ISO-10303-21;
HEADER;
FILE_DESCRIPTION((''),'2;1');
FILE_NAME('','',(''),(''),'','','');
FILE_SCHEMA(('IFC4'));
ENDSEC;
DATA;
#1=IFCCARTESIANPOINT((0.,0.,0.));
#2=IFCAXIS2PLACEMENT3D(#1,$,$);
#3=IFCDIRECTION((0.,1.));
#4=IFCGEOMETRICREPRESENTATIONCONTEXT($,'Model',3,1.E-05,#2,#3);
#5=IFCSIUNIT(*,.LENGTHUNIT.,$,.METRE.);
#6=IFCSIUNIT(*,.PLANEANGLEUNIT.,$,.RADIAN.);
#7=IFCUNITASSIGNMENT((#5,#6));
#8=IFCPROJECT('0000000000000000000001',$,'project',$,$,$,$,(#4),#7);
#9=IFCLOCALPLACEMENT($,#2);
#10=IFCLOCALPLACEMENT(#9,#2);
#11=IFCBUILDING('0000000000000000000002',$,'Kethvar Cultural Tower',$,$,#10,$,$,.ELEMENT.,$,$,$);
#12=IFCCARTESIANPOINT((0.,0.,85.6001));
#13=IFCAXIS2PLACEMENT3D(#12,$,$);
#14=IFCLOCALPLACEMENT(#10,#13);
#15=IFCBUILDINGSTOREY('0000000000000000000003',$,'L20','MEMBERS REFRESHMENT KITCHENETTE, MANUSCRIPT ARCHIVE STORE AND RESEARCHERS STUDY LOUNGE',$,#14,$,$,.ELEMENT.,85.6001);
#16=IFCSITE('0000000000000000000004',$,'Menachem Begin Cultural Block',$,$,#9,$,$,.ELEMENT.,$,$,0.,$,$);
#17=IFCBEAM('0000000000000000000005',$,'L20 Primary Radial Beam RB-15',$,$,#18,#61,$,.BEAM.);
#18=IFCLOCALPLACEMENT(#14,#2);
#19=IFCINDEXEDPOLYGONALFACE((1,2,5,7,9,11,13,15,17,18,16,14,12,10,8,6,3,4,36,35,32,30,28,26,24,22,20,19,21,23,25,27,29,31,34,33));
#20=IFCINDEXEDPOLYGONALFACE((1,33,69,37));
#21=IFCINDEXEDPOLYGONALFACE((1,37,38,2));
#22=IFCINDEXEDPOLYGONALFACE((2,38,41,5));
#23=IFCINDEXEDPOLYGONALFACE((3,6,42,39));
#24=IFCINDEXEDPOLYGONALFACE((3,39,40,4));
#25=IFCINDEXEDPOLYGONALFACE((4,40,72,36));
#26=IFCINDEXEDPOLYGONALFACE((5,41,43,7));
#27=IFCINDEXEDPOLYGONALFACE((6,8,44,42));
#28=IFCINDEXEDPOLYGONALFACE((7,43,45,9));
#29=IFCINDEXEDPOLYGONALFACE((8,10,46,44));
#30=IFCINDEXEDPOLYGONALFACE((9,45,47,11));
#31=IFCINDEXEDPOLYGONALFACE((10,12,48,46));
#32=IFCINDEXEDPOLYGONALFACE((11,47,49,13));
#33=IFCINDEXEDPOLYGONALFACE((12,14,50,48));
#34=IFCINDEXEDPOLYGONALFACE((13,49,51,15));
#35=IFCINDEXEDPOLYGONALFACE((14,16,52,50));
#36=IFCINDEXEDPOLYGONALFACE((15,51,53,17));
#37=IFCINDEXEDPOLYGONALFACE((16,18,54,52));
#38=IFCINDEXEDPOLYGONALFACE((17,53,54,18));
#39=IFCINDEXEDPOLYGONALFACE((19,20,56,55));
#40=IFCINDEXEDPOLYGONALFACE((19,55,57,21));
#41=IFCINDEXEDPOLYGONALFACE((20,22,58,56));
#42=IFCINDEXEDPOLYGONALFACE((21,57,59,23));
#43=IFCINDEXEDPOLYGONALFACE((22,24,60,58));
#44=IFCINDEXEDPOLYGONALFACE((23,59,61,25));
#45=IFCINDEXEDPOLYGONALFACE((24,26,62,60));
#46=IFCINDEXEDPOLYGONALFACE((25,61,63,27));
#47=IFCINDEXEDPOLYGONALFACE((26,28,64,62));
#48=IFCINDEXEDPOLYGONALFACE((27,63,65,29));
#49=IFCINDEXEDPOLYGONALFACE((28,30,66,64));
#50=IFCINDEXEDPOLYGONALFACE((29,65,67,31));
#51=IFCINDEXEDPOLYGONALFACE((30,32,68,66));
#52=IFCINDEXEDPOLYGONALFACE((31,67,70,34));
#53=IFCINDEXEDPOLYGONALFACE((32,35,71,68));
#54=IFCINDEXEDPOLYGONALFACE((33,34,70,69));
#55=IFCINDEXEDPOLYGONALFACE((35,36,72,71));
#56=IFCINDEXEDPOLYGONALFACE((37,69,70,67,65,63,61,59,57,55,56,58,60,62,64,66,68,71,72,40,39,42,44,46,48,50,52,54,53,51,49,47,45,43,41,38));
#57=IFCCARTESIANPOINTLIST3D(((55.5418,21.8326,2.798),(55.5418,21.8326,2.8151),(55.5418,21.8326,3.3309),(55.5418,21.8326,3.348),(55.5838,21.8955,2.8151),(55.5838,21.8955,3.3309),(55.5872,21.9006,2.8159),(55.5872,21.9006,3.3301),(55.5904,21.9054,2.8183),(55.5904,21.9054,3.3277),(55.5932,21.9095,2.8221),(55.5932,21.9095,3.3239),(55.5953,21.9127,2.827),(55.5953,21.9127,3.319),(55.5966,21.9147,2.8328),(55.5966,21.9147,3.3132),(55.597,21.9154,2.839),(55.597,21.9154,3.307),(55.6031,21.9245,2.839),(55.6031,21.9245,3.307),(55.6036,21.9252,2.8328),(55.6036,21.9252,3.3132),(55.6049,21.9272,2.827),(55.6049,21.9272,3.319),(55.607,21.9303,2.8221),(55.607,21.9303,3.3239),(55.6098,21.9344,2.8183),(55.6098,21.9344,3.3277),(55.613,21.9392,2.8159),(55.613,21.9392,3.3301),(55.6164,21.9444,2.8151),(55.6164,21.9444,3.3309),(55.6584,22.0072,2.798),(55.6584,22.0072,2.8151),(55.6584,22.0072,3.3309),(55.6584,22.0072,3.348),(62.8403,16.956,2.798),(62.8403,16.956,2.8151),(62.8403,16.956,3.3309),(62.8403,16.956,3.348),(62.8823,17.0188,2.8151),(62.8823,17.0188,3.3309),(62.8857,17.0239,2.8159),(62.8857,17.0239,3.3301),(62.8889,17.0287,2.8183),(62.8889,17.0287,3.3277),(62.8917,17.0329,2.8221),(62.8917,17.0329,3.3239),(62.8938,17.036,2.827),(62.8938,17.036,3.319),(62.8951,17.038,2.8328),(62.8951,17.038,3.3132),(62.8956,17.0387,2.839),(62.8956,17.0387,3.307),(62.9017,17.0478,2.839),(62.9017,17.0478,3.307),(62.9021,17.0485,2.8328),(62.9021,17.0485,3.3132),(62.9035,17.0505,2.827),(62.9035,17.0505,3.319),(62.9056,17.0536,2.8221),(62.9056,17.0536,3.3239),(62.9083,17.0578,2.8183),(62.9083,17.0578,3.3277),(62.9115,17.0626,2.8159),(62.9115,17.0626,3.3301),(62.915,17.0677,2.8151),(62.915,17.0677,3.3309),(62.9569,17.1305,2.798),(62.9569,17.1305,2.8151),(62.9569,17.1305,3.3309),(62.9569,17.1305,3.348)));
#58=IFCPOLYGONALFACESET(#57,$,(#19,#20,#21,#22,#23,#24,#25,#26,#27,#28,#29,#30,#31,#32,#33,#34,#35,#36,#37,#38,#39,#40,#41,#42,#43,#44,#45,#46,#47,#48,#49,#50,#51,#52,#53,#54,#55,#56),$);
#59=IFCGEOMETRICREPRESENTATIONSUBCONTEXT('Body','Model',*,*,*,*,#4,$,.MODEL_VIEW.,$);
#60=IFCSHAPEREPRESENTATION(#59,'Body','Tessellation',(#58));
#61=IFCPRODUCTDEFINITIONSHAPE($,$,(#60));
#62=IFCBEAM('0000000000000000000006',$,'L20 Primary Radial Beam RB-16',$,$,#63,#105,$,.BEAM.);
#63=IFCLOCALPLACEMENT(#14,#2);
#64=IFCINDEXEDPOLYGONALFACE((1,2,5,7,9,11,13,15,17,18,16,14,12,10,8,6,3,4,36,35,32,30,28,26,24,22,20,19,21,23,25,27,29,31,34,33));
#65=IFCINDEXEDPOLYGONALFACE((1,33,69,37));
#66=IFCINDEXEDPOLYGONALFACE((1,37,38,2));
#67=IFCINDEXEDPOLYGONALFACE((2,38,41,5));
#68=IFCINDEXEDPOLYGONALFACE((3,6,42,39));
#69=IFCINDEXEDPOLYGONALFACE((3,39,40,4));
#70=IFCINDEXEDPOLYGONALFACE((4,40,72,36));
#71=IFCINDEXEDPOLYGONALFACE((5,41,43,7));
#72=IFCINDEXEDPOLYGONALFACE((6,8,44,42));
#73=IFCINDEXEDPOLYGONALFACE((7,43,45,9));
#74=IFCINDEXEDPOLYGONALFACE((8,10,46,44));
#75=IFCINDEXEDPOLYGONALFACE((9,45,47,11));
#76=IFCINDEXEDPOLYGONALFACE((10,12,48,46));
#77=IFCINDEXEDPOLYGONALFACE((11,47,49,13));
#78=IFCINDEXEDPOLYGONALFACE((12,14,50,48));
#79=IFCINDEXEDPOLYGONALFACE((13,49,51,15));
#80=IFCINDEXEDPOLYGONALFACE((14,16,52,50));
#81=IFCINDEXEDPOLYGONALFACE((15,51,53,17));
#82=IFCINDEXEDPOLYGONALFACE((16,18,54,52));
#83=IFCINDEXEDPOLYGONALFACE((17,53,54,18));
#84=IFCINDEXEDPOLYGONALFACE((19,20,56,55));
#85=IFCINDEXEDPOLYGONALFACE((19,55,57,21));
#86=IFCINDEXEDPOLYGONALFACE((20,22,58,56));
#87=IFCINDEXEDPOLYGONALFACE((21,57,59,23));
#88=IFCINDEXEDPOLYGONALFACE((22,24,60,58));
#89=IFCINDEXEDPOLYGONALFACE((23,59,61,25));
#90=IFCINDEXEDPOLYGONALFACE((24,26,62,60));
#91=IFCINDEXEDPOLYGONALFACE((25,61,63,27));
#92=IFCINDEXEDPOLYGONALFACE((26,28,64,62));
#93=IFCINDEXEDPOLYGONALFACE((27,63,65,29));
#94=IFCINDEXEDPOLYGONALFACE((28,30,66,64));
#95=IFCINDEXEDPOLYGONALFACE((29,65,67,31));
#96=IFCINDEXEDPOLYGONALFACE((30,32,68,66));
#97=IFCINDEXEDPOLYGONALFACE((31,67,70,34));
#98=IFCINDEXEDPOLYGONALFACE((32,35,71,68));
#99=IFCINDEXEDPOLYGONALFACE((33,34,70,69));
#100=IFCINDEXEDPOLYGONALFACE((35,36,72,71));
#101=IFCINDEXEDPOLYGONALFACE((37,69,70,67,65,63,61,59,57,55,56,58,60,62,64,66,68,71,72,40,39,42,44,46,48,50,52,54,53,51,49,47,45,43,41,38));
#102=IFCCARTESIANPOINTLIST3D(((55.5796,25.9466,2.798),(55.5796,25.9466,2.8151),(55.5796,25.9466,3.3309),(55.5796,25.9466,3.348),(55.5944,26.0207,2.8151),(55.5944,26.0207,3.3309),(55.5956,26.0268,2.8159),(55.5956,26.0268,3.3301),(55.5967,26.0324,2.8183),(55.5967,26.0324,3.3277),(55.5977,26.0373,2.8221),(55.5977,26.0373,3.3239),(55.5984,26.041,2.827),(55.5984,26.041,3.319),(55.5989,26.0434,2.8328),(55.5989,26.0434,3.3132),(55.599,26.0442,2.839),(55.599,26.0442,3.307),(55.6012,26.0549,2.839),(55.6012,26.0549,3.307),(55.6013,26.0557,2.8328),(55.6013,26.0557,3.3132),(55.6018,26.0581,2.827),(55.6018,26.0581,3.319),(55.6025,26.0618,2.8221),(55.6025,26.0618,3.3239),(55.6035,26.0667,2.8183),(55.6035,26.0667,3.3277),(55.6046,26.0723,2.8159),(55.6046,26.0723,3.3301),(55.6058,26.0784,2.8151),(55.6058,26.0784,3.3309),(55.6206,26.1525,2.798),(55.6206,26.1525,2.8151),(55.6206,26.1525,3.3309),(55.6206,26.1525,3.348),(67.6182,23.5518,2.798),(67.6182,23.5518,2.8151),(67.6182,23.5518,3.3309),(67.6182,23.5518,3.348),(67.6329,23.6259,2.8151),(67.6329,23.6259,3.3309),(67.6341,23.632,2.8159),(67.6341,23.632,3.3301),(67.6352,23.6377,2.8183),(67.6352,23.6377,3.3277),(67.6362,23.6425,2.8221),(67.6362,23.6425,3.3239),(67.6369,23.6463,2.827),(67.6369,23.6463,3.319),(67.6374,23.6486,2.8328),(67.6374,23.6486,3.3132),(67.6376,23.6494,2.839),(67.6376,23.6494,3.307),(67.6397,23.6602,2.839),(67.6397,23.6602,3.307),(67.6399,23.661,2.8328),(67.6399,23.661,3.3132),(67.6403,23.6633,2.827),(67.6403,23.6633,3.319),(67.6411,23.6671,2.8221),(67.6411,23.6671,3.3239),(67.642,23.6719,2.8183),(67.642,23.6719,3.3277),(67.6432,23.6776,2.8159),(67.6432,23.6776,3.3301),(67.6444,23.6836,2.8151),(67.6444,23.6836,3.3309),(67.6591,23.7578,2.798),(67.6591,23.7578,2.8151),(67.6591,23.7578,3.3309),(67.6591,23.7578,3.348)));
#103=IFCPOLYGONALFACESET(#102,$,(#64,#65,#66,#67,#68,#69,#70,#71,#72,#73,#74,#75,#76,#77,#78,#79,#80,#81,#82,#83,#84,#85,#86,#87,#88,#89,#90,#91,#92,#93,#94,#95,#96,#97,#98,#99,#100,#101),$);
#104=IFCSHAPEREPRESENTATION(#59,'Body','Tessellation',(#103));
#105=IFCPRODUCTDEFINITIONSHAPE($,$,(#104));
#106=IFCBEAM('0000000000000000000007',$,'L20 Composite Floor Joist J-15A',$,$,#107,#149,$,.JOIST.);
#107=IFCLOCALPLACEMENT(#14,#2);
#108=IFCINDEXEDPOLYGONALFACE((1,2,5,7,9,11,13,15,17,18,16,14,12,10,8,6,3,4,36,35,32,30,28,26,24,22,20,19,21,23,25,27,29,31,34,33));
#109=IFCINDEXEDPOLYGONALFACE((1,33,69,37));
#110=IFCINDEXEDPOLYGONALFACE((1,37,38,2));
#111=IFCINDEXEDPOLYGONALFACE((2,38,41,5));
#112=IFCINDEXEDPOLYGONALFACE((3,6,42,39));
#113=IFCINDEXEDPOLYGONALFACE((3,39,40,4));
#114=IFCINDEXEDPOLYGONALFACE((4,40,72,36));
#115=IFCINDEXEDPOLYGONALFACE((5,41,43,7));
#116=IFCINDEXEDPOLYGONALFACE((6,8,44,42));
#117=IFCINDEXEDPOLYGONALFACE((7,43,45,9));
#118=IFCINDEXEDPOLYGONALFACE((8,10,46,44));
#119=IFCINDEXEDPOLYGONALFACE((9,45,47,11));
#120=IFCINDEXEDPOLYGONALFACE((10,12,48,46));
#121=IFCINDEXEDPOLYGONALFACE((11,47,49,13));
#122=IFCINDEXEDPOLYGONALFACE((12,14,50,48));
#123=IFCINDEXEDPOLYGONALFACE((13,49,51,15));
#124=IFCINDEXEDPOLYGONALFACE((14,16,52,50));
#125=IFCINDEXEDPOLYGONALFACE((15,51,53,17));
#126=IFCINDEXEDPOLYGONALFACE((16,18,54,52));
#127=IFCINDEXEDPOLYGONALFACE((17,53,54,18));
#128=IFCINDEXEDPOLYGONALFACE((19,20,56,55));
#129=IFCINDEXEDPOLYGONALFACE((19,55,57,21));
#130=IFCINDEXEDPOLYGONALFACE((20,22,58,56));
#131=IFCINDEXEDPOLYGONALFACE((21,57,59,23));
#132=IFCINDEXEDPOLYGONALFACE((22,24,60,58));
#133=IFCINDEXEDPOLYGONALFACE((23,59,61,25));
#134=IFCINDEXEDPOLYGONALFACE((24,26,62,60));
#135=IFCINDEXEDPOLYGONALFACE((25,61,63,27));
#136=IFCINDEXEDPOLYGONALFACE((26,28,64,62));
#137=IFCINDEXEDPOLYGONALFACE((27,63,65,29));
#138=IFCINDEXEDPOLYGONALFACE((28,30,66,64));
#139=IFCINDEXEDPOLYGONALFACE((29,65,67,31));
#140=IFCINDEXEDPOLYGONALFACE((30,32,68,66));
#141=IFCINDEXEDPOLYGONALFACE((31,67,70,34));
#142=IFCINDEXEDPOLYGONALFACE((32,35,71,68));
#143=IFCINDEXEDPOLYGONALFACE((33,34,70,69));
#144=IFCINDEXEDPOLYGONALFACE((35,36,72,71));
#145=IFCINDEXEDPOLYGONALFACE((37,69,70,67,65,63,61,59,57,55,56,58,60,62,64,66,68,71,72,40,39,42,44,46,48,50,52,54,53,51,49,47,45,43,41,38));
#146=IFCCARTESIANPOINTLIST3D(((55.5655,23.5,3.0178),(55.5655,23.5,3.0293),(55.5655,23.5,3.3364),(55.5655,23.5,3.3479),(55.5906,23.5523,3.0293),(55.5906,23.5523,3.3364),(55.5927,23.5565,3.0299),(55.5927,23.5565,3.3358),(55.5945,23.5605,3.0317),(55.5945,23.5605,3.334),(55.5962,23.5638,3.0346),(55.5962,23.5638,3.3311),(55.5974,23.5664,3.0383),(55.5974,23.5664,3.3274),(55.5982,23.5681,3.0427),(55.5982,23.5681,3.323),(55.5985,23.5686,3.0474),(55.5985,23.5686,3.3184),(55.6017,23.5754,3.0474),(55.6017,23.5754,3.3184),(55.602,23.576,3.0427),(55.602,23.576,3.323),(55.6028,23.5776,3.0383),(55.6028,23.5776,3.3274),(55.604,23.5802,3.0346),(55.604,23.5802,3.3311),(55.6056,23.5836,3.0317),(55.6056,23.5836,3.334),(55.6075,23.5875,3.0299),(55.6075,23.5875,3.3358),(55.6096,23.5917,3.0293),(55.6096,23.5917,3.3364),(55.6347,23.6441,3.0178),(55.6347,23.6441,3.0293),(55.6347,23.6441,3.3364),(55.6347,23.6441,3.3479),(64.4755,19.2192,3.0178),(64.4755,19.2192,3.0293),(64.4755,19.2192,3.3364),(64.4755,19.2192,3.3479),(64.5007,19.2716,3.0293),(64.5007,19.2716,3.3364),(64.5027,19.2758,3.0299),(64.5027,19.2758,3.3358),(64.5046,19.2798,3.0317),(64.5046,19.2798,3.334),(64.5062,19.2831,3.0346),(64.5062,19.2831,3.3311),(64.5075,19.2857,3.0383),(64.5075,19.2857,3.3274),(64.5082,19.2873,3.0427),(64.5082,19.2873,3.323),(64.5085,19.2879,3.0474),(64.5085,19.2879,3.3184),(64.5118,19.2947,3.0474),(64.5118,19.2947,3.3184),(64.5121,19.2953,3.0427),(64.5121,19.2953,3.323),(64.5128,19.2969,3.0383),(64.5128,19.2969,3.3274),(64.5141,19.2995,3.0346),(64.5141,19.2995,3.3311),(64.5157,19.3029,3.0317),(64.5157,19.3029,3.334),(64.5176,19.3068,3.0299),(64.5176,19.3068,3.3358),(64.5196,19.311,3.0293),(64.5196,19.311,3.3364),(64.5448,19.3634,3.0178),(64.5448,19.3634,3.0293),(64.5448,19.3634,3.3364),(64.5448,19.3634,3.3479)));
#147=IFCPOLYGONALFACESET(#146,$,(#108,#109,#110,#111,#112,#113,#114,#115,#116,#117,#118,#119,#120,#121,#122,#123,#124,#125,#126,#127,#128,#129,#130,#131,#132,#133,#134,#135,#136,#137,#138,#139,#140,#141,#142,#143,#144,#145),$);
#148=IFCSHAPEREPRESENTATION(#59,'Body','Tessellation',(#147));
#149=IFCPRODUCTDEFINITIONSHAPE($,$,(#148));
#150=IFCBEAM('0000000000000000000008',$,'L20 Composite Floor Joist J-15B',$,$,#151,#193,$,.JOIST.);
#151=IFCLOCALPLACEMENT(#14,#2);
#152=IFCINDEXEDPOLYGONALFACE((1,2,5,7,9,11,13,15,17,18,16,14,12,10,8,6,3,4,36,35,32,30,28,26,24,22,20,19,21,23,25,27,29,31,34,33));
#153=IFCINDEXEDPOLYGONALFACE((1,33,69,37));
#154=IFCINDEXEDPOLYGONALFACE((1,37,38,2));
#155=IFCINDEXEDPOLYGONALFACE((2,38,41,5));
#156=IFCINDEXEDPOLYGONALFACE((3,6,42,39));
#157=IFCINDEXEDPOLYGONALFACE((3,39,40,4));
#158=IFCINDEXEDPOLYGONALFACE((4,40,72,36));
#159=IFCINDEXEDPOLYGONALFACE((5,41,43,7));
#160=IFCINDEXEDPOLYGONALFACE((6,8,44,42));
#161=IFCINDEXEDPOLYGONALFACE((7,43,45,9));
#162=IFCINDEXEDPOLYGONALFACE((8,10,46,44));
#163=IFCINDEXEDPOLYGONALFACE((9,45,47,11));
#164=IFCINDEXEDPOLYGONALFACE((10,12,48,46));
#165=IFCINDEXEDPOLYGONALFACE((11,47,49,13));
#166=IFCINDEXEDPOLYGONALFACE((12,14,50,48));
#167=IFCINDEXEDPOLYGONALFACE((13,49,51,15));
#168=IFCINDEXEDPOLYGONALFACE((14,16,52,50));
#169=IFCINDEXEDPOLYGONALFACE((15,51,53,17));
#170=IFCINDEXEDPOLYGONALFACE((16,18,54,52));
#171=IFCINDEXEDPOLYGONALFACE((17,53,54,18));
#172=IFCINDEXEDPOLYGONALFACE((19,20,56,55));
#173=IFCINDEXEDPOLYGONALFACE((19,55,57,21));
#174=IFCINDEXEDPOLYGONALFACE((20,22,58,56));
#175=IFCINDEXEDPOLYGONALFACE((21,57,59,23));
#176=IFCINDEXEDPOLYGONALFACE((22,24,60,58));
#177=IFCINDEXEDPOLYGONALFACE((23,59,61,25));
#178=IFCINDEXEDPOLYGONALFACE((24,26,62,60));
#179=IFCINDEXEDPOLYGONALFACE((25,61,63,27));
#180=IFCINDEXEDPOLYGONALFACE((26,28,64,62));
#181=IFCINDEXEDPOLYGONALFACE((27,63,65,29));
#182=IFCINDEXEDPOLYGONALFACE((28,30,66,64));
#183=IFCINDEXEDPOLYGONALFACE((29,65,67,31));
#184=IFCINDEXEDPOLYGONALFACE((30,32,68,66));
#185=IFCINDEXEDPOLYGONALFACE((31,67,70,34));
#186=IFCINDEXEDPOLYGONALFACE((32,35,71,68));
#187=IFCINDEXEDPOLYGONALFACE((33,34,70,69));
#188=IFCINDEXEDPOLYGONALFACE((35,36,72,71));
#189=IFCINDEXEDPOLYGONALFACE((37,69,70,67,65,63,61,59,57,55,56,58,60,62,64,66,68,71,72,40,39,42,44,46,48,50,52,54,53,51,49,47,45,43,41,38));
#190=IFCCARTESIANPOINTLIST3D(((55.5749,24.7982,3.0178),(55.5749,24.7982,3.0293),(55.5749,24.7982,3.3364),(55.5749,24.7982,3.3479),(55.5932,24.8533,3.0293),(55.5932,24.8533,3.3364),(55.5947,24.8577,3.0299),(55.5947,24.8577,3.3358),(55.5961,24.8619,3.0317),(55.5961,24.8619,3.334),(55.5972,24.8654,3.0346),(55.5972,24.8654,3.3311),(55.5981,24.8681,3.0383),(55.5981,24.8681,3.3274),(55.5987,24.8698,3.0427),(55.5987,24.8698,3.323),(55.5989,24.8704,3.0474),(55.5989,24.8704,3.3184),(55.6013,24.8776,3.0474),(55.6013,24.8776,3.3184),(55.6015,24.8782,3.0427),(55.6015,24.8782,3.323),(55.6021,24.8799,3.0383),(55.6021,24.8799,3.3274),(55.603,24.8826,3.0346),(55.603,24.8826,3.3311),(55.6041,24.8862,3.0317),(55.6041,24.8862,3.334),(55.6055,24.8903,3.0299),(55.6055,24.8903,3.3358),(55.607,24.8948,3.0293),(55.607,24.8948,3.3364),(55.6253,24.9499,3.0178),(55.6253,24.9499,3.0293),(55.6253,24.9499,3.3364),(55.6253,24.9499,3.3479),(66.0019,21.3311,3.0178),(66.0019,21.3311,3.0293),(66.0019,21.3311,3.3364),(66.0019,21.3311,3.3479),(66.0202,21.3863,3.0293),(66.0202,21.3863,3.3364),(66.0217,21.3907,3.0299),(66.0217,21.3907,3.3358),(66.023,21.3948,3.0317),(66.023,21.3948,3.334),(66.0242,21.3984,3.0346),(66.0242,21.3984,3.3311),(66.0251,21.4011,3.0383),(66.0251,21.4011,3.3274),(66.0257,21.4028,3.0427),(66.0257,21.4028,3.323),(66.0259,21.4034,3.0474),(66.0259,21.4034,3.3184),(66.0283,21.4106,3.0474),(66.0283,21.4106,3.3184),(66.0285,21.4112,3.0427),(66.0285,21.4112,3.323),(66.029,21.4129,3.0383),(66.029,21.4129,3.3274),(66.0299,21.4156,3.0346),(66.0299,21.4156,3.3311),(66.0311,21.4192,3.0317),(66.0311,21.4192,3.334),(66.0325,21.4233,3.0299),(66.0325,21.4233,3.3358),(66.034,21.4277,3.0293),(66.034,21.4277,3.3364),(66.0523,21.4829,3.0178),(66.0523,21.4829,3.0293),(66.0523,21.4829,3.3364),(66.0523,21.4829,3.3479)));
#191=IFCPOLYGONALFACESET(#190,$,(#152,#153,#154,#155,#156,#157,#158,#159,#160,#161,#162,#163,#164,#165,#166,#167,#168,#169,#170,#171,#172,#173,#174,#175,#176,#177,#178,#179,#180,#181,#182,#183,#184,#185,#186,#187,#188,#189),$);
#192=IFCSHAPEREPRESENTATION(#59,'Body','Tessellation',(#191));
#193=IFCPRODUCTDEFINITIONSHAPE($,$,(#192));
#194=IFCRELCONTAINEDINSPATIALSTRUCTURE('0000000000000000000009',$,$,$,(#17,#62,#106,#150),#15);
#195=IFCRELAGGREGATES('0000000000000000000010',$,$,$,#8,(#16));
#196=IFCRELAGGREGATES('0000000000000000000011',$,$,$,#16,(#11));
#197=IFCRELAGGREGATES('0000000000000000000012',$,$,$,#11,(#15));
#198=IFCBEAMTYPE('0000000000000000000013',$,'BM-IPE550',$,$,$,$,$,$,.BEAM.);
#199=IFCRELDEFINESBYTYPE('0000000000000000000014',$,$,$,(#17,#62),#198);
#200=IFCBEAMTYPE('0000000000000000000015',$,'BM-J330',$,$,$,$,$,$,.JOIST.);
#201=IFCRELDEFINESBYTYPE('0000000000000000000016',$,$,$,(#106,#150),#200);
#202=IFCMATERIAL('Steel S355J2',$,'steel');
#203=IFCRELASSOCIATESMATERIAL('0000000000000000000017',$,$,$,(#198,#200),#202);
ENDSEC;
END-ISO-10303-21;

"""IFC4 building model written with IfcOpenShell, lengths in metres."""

from ifc_helpers import new_model, si_unit, direction, frame, origin, origin_2d, place, context, subcontext, project, spatial, i_section, extrude, source, transform, mapped, material, material_profile, profile_set, type_object, element, save


model = new_model("IFC4")

# Units and contexts
model_context = context("Model", 3, precision=1e-05, world=origin(), true_north=direction((0.0, 1.0)))
body_context = subcontext(model_context, "Body", "Model", "MODEL_VIEW")
ifc_project = project(units=[si_unit("LENGTHUNIT", "METRE"), si_unit("PLANEANGLEUNIT", "RADIAN")], contexts=[model_context])

# Site, building, storey
site_placement = place(None, origin())
site = spatial("IfcSite", under=ifc_project, at=site_placement, Name="Menachem Begin Cultural Block", CompositionType="ELEMENT", RefElevation=0.0)
building_placement = place(site_placement, origin())
building = spatial("IfcBuilding", under=site, at=building_placement, Name="Kethvar Cultural Tower", CompositionType="ELEMENT")
storey_placement = place(building_placement, frame((0.0, 0.0, 85.6001)))
storey = spatial("IfcBuildingStorey", under=building, at=storey_placement, Name="L20", Description="MEMBERS REFRESHMENT KITCHENETTE, MANUSCRIPT ARCHIVE STORE AND RESEARCHERS STUDY LOUNGE", CompositionType="ELEMENT", Elevation=85.6001)

# Beams
ifc_material_1 = material(Name="Steel S355J2", Category="steel")
ifc_material_profile_1 = material_profile(ifc_material_1, i_section(OverallWidth=0.21, OverallDepth=0.55, WebThickness=0.011, FlangeThickness=0.0171, FilletRadius=0.0239, at=origin_2d()), Name="Steel S355J2 — IPE550")
ifc_profile_set_1 = profile_set([ifc_material_profile_1], Name="Steel S355J2 — IPE550")
beam_type_1 = type_object("IfcBeamType", Name="BM-IPE550", PredefinedType="BEAM", material=ifc_profile_set_1)
shared_shape_1 = source(origin(), body_context, "Body", "SweptSolid", [
    extrude(i_section(OverallWidth=0.21, OverallDepth=0.55, WebThickness=0.011, FlangeThickness=0.0171, FilletRadius=0.0239, at=origin_2d()), origin(), (0.0, 0.0, 1.0), 8.7778),
])
beam_1_placement = place(storey_placement, frame((55.6001, 21.9199, 3.073), z_axis=(0.831472, -0.555566, 0.0), x_axis=(0.555566, 0.831472, 0.0)))
element("IfcBeam", 1, at=beam_1_placement, inside=storey, type_object=beam_type_1, Name="L20 Primary Radial Beam RB-15", PredefinedType="BEAM", context=body_context, shape_type="MappedRepresentation", body=[
    mapped(shared_shape_1, transform((0.0, 0.0, 0.0), scale=1.0)),
])
shared_shape_2 = source(origin(), body_context, "Body", "SweptSolid", [
    extrude(i_section(OverallWidth=0.21, OverallDepth=0.55, WebThickness=0.011, FlangeThickness=0.0171, FilletRadius=0.0239, at=origin_2d()), origin(), (0.0, 0.0, 1.0), 12.2744),
])
beam_2_placement = place(storey_placement, frame((55.6001, 26.0496, 3.073), z_axis=(0.980783, -0.195102, 0.0), x_axis=(0.195102, 0.980783, 0.0)))
element("IfcBeam", 2, at=beam_2_placement, inside=storey, type_object=beam_type_1, Name="L20 Primary Radial Beam RB-16", PredefinedType="BEAM", context=body_context, shape_type="MappedRepresentation", body=[
    mapped(shared_shape_2, transform((0.0, 0.0, 0.0), scale=1.0)),
])
ifc_material_profile_2 = material_profile(ifc_material_1, i_section(OverallWidth=0.1599, OverallDepth=0.3301, WebThickness=0.0076, FlangeThickness=0.0115, FilletRadius=0.0181, at=origin_2d()), Name="Steel S355J2 — IPE330")
ifc_profile_set_2 = profile_set([ifc_material_profile_2], Name="Steel S355J2 — IPE330")
beam_type_2 = type_object("IfcBeamType", Name="BM-J330", PredefinedType="JOIST", material=ifc_profile_set_2)
shared_shape_3 = source(origin(), body_context, "Body", "SweptSolid", [
    extrude(i_section(OverallWidth=0.1599, OverallDepth=0.3301, WebThickness=0.0076, FlangeThickness=0.0115, FilletRadius=0.0181, at=origin_2d()), origin(), (0.0, 0.0, 1.0), 9.885),
])
beam_3_placement = place(storey_placement, frame((55.6001, 23.572, 3.1829), z_axis=(0.90137, -0.433051, 0.0), x_axis=(0.433051, 0.90137, 0.0)))
element("IfcBeam", 3, at=beam_3_placement, inside=storey, type_object=beam_type_2, Name="L20 Composite Floor Joist J-15A", PredefinedType="JOIST", context=body_context, shape_type="MappedRepresentation", body=[
    mapped(shared_shape_3, transform((0.0, 0.0, 0.0), scale=1.0)),
])
shared_shape_4 = source(origin(), body_context, "Body", "SweptSolid", [
    extrude(i_section(OverallWidth=0.1599, OverallDepth=0.3301, WebThickness=0.0076, FlangeThickness=0.0115, FilletRadius=0.0181, at=origin_2d()), origin(), (0.0, 0.0, 1.0), 10.9883),
])
beam_4_placement = place(storey_placement, frame((55.6001, 24.874, 3.1829), z_axis=(0.948919, -0.315521, 0.0), x_axis=(0.315521, 0.948919, 0.0)))
element("IfcBeam", 4, at=beam_4_placement, inside=storey, type_object=beam_type_2, Name="L20 Composite Floor Joist J-15B", PredefinedType="JOIST", context=body_context, shape_type="MappedRepresentation", body=[
    mapped(shared_shape_4, transform((0.0, 0.0, 0.0), scale=1.0)),
])

save(model, "model.ifc")
